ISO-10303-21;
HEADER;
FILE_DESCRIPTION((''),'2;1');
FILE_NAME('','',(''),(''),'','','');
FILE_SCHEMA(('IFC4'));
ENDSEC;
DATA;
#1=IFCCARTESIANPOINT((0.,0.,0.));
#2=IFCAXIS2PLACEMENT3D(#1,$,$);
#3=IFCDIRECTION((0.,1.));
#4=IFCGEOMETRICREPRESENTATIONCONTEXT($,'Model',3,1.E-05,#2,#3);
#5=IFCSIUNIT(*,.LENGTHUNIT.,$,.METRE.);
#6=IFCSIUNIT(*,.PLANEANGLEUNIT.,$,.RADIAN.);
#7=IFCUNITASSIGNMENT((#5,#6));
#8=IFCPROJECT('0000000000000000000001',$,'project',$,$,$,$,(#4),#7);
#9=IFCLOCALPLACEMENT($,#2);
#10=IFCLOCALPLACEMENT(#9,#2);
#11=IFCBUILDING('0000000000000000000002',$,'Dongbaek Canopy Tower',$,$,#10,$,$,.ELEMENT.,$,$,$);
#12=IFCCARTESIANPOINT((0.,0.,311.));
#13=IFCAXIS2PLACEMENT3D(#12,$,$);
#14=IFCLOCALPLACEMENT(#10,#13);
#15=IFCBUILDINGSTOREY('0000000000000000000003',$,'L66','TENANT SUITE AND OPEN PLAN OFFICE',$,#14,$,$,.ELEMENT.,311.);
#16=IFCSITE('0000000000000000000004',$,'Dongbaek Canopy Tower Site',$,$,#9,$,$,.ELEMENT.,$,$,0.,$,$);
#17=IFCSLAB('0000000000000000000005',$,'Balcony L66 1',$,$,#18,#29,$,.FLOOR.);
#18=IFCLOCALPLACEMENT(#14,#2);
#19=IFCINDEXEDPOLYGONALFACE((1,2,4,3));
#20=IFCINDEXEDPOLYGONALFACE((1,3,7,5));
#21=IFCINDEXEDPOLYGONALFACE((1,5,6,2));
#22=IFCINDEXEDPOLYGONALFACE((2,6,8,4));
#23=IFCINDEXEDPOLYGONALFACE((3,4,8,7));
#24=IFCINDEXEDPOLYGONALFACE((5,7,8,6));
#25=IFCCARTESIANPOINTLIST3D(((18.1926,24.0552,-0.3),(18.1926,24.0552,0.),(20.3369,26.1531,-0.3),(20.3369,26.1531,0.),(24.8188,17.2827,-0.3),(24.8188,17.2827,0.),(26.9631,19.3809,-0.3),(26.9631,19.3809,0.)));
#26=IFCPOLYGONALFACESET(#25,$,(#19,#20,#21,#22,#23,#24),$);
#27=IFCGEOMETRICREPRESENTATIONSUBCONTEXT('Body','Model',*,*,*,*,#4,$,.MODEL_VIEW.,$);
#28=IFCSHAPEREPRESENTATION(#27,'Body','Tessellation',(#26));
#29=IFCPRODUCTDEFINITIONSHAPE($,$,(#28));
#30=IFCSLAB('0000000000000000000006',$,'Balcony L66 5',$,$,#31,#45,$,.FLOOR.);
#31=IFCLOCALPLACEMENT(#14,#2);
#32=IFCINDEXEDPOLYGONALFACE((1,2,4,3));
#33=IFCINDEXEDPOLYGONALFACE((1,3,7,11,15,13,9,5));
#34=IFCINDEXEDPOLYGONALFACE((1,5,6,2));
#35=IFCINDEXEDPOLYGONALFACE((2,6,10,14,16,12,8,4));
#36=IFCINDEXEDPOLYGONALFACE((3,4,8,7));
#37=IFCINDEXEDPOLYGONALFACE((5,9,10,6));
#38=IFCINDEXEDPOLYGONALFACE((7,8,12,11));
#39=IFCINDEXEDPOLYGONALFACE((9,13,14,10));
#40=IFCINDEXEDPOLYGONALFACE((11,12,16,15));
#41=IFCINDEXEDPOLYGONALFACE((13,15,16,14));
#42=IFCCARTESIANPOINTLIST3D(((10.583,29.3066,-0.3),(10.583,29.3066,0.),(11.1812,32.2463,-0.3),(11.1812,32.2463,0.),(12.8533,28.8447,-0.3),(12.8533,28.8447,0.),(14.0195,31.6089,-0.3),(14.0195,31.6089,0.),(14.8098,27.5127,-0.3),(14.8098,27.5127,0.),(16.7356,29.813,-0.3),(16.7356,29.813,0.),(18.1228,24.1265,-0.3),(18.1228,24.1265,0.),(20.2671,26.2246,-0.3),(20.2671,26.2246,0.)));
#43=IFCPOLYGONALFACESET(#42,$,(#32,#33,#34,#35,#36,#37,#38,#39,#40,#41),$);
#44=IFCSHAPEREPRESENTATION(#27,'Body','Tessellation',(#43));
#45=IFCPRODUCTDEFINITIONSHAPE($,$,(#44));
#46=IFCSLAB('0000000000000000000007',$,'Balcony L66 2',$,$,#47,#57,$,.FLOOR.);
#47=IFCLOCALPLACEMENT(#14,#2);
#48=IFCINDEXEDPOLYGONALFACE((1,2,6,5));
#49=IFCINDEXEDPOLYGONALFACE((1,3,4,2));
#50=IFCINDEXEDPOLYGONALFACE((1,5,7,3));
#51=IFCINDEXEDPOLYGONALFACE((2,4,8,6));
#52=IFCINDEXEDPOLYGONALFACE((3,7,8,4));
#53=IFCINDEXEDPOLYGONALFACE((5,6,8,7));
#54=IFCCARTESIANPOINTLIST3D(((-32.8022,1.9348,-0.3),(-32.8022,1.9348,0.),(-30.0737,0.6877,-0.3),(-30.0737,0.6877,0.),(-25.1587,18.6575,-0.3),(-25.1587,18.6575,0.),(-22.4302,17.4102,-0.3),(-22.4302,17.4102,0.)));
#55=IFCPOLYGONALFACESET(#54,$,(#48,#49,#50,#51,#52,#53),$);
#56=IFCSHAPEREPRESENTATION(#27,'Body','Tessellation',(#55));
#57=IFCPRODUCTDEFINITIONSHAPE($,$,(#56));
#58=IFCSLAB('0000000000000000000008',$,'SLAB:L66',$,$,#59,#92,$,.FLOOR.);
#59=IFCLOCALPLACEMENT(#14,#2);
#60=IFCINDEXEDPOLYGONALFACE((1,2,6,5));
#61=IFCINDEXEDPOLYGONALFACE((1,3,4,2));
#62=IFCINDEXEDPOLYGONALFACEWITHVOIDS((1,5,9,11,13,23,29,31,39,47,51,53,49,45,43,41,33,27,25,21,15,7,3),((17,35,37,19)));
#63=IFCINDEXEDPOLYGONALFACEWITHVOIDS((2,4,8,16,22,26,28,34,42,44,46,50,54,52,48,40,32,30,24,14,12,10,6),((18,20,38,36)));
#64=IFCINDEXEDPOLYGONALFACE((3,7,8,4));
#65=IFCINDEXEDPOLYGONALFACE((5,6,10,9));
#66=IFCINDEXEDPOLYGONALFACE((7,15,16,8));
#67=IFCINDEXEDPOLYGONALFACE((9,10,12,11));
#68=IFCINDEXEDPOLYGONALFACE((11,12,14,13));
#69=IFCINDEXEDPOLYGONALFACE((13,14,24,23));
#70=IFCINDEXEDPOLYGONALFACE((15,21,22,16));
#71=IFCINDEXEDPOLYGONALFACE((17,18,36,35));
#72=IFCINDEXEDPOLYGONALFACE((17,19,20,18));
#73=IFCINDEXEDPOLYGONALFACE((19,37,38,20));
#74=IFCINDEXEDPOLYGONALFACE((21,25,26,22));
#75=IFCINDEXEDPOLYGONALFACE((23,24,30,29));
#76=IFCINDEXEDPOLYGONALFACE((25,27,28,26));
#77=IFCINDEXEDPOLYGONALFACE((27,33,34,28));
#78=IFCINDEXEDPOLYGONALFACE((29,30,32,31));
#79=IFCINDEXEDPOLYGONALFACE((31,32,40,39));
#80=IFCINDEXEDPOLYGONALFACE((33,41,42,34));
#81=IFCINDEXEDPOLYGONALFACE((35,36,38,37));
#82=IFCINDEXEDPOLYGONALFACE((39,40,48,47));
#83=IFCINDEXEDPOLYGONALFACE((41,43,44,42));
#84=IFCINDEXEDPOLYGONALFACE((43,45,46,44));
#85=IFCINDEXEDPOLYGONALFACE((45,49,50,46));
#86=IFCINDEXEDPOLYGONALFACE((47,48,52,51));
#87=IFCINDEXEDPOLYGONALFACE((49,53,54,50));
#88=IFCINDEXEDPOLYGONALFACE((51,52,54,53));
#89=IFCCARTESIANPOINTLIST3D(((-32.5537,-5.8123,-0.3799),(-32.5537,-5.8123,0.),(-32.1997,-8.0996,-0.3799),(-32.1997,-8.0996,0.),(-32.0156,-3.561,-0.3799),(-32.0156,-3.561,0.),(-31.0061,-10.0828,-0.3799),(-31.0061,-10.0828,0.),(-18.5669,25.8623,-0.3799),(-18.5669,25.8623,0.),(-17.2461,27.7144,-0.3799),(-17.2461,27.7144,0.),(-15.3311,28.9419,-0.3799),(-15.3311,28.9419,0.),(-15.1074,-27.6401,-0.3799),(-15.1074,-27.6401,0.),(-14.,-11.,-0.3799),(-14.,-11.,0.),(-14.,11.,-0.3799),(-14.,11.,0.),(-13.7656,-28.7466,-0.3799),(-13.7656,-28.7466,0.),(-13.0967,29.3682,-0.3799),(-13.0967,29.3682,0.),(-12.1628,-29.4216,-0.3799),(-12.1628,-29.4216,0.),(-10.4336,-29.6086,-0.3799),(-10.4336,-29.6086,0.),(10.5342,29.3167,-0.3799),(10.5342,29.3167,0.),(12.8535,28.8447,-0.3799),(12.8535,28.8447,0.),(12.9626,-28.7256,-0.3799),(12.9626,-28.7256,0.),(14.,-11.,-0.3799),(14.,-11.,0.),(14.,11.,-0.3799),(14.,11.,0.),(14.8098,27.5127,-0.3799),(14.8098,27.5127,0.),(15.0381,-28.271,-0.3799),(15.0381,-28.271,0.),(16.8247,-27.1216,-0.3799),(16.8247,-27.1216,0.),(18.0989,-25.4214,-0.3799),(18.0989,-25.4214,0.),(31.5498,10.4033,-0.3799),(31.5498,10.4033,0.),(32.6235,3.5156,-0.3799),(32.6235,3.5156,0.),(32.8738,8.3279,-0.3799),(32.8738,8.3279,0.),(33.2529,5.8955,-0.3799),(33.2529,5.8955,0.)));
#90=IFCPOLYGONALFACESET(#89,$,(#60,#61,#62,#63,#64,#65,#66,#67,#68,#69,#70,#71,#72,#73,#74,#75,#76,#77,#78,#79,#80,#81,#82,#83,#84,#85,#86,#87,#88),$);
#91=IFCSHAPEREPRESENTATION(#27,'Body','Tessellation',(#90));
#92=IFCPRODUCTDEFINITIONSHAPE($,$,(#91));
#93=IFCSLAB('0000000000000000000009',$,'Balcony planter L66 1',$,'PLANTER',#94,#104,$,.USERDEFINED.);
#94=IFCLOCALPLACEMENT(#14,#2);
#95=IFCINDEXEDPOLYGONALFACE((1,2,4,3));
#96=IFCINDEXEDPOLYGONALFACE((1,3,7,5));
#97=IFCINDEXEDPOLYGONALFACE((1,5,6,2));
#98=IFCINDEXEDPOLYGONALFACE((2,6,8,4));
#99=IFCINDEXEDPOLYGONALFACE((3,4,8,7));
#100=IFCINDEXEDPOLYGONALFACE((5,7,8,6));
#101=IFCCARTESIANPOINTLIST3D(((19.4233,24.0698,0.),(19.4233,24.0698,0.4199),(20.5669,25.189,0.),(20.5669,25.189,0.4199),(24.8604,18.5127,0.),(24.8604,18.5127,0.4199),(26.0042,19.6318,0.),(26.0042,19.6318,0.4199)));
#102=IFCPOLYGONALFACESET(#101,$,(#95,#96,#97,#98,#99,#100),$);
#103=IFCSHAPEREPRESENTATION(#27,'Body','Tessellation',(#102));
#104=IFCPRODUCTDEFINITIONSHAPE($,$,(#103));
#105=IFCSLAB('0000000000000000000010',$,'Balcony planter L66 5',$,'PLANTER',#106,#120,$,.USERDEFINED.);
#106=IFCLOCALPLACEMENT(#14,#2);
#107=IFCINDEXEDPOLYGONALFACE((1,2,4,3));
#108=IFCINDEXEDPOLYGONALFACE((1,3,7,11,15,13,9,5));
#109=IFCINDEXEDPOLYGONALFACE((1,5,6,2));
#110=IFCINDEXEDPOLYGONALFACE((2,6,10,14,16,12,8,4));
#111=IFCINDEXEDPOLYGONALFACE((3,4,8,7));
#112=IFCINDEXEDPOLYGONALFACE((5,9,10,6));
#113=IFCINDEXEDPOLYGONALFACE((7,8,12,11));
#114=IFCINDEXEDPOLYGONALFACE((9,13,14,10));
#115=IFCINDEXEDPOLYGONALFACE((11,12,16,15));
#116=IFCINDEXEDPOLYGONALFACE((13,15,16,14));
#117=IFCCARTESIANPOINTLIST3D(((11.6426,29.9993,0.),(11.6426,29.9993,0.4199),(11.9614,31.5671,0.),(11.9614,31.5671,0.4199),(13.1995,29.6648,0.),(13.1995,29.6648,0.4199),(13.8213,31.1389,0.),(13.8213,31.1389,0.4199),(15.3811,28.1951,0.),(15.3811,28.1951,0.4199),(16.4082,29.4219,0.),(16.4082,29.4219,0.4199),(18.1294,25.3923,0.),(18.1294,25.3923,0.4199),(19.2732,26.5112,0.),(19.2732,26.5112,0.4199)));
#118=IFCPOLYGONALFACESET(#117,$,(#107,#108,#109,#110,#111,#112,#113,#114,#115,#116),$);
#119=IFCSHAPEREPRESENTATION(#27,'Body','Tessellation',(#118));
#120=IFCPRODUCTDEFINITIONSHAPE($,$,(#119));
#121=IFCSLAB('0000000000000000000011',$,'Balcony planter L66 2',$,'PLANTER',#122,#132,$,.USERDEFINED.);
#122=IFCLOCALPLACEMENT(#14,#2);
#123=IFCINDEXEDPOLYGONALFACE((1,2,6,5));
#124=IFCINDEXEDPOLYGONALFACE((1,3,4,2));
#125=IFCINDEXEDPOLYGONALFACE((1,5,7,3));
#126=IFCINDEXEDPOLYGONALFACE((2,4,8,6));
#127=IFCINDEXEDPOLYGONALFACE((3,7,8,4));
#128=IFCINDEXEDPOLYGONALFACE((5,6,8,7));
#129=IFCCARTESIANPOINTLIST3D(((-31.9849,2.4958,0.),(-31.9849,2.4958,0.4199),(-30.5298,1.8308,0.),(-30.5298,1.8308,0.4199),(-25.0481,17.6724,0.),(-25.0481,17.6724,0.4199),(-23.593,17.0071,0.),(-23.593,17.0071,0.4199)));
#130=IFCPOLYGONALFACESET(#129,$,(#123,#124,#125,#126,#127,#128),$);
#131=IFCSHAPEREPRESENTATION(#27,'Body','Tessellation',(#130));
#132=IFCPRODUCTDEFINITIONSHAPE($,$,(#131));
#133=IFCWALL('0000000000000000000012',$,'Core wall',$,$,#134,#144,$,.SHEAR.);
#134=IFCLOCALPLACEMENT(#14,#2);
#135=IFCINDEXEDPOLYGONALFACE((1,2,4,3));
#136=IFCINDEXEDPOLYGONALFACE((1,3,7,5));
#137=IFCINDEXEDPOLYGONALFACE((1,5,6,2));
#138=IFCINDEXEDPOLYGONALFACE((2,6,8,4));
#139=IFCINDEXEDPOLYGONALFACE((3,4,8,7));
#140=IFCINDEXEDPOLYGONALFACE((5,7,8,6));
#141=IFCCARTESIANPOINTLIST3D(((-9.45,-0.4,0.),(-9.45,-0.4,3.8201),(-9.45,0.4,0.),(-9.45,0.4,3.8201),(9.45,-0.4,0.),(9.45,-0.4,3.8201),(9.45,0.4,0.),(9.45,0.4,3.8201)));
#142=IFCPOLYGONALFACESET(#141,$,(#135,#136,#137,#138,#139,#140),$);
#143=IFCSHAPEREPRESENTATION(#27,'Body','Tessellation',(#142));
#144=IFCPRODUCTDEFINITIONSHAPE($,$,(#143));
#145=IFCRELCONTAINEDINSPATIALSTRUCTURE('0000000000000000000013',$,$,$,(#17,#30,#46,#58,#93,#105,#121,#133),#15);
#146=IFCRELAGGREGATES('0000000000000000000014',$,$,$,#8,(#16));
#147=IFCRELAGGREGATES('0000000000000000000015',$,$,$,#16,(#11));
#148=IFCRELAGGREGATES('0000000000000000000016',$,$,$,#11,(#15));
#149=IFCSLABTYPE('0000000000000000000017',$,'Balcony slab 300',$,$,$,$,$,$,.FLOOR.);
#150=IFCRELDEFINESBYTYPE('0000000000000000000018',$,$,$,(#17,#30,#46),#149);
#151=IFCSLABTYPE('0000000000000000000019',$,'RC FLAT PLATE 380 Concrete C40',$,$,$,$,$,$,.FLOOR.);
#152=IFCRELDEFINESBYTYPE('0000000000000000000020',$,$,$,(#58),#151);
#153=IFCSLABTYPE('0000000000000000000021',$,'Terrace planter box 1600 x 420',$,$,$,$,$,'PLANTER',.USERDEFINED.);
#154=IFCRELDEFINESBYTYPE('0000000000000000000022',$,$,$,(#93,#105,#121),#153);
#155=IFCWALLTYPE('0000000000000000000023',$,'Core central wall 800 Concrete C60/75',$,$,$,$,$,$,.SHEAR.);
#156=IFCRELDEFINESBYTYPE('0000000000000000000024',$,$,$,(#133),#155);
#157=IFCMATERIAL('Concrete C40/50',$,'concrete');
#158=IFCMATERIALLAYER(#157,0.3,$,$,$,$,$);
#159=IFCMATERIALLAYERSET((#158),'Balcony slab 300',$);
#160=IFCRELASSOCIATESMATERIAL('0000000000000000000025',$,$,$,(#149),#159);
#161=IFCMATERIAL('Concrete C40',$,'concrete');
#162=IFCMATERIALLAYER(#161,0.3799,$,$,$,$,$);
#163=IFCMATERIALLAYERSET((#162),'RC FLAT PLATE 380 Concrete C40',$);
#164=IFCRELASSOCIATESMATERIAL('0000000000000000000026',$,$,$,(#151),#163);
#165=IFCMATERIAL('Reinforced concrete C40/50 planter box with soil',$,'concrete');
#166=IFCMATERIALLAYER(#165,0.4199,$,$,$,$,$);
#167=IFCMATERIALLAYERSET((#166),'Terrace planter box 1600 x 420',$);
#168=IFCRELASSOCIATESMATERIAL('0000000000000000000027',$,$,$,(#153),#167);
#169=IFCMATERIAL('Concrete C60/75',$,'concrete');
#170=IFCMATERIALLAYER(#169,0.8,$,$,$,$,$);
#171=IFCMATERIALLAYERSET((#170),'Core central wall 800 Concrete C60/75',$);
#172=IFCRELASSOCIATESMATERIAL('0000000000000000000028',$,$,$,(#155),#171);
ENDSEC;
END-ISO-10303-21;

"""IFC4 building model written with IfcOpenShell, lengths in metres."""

from ifc_helpers import new_model, si_unit, direction, frame, frame_2d, origin, place, context, subcontext, project, spatial, polyline, rectangle, outline, extrude, material, layer, layer_set, type_object, element, save


model = new_model("IFC4")

# Units and contexts
model_context = context("Model", 3, precision=1e-05, world=origin(), true_north=direction((0.0, 1.0)))
body_context = subcontext(model_context, "Body", "Model", "MODEL_VIEW")
ifc_project = project(units=[si_unit("LENGTHUNIT", "METRE"), si_unit("PLANEANGLEUNIT", "RADIAN")], contexts=[model_context])

# Site, building, storey
site_placement = place(None, origin())
site = spatial("IfcSite", under=ifc_project, at=site_placement, Name="Dongbaek Canopy Tower Site", CompositionType="ELEMENT", RefElevation=0.0)
building_placement = place(site_placement, origin())
building = spatial("IfcBuilding", under=site, at=building_placement, Name="Dongbaek Canopy Tower", CompositionType="ELEMENT")
storey_placement = place(building_placement, frame((0.0, 0.0, 311.0)))
storey = spatial("IfcBuildingStorey", under=building, at=storey_placement, Name="L66", Description="TENANT SUITE AND OPEN PLAN OFFICE", CompositionType="ELEMENT", Elevation=311.0)

# Slabs
ifc_material_1 = material(Name="Concrete C40/50", Category="concrete")
ifc_layer_1 = layer(ifc_material_1, 0.3)
ifc_layer_set_1 = layer_set([ifc_layer_1], Name="Balcony slab 300")
slab_type_1 = type_object("IfcSlabType", Name="Balcony slab 300", PredefinedType="FLOOR", material=ifc_layer_set_1)
slab_1_placement = place(storey_placement, frame((0.0, 0.0, -0.3)))
element("IfcSlab", 1, at=slab_1_placement, inside=storey, type_object=slab_type_1, Name="Balcony L66 1", PredefinedType="FLOOR", context=body_context, shape_type="SweptSolid", body=[
    extrude(outline(polyline([(24.8188, 17.2827), (18.1926, 24.0552), (20.3369, 26.1531), (26.9631, 19.3809), (24.8188, 17.2827)])), origin(), (0.0, 0.0, 1.0), 0.3),
])
slab_2_placement = place(storey_placement, frame((0.0, 0.0, -0.3)))
element("IfcSlab", 2, at=slab_2_placement, inside=storey, type_object=slab_type_1, Name="Balcony L66 5", PredefinedType="FLOOR", context=body_context, shape_type="SweptSolid", body=[
    extrude(outline(polyline([(18.1228, 24.1265), (14.8098, 27.5127), (12.8533, 28.8447), (10.583, 29.3066), (11.1812, 32.2463), (14.0195, 31.6089), (16.7356, 29.813), (20.2671, 26.2246), (18.1228, 24.1265)])), origin(), (0.0, 0.0, 1.0), 0.3),
])
slab_3_placement = place(storey_placement, frame((0.0, 0.0, -0.3)))
element("IfcSlab", 3, at=slab_3_placement, inside=storey, type_object=slab_type_1, Name="Balcony L66 2", PredefinedType="FLOOR", context=body_context, shape_type="SweptSolid", body=[
    extrude(outline(polyline([(-22.4302, 17.4102), (-30.0737, 0.6877), (-32.8022, 1.9348), (-25.1587, 18.6575), (-22.4302, 17.4102)])), origin(), (0.0, 0.0, 1.0), 0.3),
])
ifc_material_2 = material(Name="Concrete C40", Category="concrete")
ifc_layer_2 = layer(ifc_material_2, 0.3799)
ifc_layer_set_2 = layer_set([ifc_layer_2], Name="RC FLAT PLATE 380 Concrete C40")
slab_type_2 = type_object("IfcSlabType", Name="RC FLAT PLATE 380 Concrete C40", PredefinedType="FLOOR", material=ifc_layer_set_2)
slab_4_placement = place(storey_placement, frame((0.0, 0.0, -0.3799)))
element("IfcSlab", 4, at=slab_4_placement, inside=storey, type_object=slab_type_2, Name="SLAB:L66", PredefinedType="FLOOR", context=body_context, shape_type="SweptSolid", body=[
    extrude(outline(polyline([(18.0989, -25.4214), (16.8247, -27.1216), (15.0381, -28.271), (12.9626, -28.7256), (-10.4336, -29.6086), (-12.1628, -29.4216), (-13.7656, -28.7466), (-15.1074, -27.6401), (-31.0061, -10.0828), (-32.1997, -8.0996), (-32.5537, -5.8123), (-32.0156, -3.561), (-18.5669, 25.8623), (-17.2461, 27.7144), (-15.3311, 28.9419), (-13.0967, 29.3682), (10.5342, 29.3167), (12.8535, 28.8447), (14.8098, 27.5127), (31.5498, 10.4033), (32.8738, 8.3279), (33.2529, 5.8955), (32.6235, 3.5156), (18.0989, -25.4214)]), holes=[polyline([(14.0, 11.0), (-14.0, 11.0), (-14.0, -11.0), (14.0, -11.0), (14.0, 11.0)])]), origin(), (0.0, 0.0, 1.0), 0.3799),
])
ifc_material_3 = material(Name="Reinforced concrete C40/50 planter box with soil", Category="concrete")
ifc_layer_3 = layer(ifc_material_3, 0.4199)
ifc_layer_set_3 = layer_set([ifc_layer_3], Name="Terrace planter box 1600 x 420")
slab_type_3 = type_object("IfcSlabType", Name="Terrace planter box 1600 x 420", ElementType="PLANTER", PredefinedType="USERDEFINED", material=ifc_layer_set_3)
slab_5_placement = place(storey_placement, origin())
element("IfcSlab", 5, at=slab_5_placement, inside=storey, type_object=slab_type_3, Name="Balcony planter L66 1", ObjectType="PLANTER", PredefinedType="USERDEFINED", context=body_context, shape_type="SweptSolid", body=[
    extrude(outline(polyline([(24.8604, 18.5127), (19.4233, 24.0698), (20.5669, 25.189), (26.0042, 19.6318), (24.8604, 18.5127)])), origin(), (0.0, 0.0, 1.0), 0.4199),
])
slab_6_placement = place(storey_placement, origin())
element("IfcSlab", 6, at=slab_6_placement, inside=storey, type_object=slab_type_3, Name="Balcony planter L66 5", ObjectType="PLANTER", PredefinedType="USERDEFINED", context=body_context, shape_type="SweptSolid", body=[
    extrude(outline(polyline([(18.1294, 25.3923), (15.3811, 28.1951), (13.1995, 29.6648), (11.6426, 29.9993), (11.9614, 31.5671), (13.8213, 31.1389), (16.4082, 29.4219), (19.2732, 26.5112), (18.1294, 25.3923)])), origin(), (0.0, 0.0, 1.0), 0.4199),
])
slab_7_placement = place(storey_placement, origin())
element("IfcSlab", 7, at=slab_7_placement, inside=storey, type_object=slab_type_3, Name="Balcony planter L66 2", ObjectType="PLANTER", PredefinedType="USERDEFINED", context=body_context, shape_type="SweptSolid", body=[
    extrude(outline(polyline([(-23.593, 17.0071), (-30.5298, 1.8308), (-31.9849, 2.4958), (-25.0481, 17.6724), (-23.593, 17.0071)])), origin(), (0.0, 0.0, 1.0), 0.4199),
])

# Wall
ifc_material_4 = material(Name="Concrete C60/75", Category="concrete")
ifc_layer_4 = layer(ifc_material_4, 0.8)
ifc_layer_set_4 = layer_set([ifc_layer_4], Name="Core central wall 800 Concrete C60/75")
wall_type_1 = type_object("IfcWallType", Name="Core central wall 800 Concrete C60/75", PredefinedType="SHEAR", material=ifc_layer_set_4)
wall_1_placement = place(storey_placement, frame((-9.45, 0.0, 0.0), z_axis=(0.0, 0.0, 1.0), x_axis=(1.0, 0.0, 0.0)))
element("IfcWall", 8, at=wall_1_placement, inside=storey, type_object=wall_type_1, Name="Core wall", PredefinedType="SHEAR", context=body_context, shape_type="SweptSolid", body=[
    extrude(rectangle(XDim=18.8999, YDim=0.8, at=frame_2d((9.45, 0.0))), origin(), (0.0, 0.0, 1.0), 3.8201),
])

save(model, "model.ifc")
